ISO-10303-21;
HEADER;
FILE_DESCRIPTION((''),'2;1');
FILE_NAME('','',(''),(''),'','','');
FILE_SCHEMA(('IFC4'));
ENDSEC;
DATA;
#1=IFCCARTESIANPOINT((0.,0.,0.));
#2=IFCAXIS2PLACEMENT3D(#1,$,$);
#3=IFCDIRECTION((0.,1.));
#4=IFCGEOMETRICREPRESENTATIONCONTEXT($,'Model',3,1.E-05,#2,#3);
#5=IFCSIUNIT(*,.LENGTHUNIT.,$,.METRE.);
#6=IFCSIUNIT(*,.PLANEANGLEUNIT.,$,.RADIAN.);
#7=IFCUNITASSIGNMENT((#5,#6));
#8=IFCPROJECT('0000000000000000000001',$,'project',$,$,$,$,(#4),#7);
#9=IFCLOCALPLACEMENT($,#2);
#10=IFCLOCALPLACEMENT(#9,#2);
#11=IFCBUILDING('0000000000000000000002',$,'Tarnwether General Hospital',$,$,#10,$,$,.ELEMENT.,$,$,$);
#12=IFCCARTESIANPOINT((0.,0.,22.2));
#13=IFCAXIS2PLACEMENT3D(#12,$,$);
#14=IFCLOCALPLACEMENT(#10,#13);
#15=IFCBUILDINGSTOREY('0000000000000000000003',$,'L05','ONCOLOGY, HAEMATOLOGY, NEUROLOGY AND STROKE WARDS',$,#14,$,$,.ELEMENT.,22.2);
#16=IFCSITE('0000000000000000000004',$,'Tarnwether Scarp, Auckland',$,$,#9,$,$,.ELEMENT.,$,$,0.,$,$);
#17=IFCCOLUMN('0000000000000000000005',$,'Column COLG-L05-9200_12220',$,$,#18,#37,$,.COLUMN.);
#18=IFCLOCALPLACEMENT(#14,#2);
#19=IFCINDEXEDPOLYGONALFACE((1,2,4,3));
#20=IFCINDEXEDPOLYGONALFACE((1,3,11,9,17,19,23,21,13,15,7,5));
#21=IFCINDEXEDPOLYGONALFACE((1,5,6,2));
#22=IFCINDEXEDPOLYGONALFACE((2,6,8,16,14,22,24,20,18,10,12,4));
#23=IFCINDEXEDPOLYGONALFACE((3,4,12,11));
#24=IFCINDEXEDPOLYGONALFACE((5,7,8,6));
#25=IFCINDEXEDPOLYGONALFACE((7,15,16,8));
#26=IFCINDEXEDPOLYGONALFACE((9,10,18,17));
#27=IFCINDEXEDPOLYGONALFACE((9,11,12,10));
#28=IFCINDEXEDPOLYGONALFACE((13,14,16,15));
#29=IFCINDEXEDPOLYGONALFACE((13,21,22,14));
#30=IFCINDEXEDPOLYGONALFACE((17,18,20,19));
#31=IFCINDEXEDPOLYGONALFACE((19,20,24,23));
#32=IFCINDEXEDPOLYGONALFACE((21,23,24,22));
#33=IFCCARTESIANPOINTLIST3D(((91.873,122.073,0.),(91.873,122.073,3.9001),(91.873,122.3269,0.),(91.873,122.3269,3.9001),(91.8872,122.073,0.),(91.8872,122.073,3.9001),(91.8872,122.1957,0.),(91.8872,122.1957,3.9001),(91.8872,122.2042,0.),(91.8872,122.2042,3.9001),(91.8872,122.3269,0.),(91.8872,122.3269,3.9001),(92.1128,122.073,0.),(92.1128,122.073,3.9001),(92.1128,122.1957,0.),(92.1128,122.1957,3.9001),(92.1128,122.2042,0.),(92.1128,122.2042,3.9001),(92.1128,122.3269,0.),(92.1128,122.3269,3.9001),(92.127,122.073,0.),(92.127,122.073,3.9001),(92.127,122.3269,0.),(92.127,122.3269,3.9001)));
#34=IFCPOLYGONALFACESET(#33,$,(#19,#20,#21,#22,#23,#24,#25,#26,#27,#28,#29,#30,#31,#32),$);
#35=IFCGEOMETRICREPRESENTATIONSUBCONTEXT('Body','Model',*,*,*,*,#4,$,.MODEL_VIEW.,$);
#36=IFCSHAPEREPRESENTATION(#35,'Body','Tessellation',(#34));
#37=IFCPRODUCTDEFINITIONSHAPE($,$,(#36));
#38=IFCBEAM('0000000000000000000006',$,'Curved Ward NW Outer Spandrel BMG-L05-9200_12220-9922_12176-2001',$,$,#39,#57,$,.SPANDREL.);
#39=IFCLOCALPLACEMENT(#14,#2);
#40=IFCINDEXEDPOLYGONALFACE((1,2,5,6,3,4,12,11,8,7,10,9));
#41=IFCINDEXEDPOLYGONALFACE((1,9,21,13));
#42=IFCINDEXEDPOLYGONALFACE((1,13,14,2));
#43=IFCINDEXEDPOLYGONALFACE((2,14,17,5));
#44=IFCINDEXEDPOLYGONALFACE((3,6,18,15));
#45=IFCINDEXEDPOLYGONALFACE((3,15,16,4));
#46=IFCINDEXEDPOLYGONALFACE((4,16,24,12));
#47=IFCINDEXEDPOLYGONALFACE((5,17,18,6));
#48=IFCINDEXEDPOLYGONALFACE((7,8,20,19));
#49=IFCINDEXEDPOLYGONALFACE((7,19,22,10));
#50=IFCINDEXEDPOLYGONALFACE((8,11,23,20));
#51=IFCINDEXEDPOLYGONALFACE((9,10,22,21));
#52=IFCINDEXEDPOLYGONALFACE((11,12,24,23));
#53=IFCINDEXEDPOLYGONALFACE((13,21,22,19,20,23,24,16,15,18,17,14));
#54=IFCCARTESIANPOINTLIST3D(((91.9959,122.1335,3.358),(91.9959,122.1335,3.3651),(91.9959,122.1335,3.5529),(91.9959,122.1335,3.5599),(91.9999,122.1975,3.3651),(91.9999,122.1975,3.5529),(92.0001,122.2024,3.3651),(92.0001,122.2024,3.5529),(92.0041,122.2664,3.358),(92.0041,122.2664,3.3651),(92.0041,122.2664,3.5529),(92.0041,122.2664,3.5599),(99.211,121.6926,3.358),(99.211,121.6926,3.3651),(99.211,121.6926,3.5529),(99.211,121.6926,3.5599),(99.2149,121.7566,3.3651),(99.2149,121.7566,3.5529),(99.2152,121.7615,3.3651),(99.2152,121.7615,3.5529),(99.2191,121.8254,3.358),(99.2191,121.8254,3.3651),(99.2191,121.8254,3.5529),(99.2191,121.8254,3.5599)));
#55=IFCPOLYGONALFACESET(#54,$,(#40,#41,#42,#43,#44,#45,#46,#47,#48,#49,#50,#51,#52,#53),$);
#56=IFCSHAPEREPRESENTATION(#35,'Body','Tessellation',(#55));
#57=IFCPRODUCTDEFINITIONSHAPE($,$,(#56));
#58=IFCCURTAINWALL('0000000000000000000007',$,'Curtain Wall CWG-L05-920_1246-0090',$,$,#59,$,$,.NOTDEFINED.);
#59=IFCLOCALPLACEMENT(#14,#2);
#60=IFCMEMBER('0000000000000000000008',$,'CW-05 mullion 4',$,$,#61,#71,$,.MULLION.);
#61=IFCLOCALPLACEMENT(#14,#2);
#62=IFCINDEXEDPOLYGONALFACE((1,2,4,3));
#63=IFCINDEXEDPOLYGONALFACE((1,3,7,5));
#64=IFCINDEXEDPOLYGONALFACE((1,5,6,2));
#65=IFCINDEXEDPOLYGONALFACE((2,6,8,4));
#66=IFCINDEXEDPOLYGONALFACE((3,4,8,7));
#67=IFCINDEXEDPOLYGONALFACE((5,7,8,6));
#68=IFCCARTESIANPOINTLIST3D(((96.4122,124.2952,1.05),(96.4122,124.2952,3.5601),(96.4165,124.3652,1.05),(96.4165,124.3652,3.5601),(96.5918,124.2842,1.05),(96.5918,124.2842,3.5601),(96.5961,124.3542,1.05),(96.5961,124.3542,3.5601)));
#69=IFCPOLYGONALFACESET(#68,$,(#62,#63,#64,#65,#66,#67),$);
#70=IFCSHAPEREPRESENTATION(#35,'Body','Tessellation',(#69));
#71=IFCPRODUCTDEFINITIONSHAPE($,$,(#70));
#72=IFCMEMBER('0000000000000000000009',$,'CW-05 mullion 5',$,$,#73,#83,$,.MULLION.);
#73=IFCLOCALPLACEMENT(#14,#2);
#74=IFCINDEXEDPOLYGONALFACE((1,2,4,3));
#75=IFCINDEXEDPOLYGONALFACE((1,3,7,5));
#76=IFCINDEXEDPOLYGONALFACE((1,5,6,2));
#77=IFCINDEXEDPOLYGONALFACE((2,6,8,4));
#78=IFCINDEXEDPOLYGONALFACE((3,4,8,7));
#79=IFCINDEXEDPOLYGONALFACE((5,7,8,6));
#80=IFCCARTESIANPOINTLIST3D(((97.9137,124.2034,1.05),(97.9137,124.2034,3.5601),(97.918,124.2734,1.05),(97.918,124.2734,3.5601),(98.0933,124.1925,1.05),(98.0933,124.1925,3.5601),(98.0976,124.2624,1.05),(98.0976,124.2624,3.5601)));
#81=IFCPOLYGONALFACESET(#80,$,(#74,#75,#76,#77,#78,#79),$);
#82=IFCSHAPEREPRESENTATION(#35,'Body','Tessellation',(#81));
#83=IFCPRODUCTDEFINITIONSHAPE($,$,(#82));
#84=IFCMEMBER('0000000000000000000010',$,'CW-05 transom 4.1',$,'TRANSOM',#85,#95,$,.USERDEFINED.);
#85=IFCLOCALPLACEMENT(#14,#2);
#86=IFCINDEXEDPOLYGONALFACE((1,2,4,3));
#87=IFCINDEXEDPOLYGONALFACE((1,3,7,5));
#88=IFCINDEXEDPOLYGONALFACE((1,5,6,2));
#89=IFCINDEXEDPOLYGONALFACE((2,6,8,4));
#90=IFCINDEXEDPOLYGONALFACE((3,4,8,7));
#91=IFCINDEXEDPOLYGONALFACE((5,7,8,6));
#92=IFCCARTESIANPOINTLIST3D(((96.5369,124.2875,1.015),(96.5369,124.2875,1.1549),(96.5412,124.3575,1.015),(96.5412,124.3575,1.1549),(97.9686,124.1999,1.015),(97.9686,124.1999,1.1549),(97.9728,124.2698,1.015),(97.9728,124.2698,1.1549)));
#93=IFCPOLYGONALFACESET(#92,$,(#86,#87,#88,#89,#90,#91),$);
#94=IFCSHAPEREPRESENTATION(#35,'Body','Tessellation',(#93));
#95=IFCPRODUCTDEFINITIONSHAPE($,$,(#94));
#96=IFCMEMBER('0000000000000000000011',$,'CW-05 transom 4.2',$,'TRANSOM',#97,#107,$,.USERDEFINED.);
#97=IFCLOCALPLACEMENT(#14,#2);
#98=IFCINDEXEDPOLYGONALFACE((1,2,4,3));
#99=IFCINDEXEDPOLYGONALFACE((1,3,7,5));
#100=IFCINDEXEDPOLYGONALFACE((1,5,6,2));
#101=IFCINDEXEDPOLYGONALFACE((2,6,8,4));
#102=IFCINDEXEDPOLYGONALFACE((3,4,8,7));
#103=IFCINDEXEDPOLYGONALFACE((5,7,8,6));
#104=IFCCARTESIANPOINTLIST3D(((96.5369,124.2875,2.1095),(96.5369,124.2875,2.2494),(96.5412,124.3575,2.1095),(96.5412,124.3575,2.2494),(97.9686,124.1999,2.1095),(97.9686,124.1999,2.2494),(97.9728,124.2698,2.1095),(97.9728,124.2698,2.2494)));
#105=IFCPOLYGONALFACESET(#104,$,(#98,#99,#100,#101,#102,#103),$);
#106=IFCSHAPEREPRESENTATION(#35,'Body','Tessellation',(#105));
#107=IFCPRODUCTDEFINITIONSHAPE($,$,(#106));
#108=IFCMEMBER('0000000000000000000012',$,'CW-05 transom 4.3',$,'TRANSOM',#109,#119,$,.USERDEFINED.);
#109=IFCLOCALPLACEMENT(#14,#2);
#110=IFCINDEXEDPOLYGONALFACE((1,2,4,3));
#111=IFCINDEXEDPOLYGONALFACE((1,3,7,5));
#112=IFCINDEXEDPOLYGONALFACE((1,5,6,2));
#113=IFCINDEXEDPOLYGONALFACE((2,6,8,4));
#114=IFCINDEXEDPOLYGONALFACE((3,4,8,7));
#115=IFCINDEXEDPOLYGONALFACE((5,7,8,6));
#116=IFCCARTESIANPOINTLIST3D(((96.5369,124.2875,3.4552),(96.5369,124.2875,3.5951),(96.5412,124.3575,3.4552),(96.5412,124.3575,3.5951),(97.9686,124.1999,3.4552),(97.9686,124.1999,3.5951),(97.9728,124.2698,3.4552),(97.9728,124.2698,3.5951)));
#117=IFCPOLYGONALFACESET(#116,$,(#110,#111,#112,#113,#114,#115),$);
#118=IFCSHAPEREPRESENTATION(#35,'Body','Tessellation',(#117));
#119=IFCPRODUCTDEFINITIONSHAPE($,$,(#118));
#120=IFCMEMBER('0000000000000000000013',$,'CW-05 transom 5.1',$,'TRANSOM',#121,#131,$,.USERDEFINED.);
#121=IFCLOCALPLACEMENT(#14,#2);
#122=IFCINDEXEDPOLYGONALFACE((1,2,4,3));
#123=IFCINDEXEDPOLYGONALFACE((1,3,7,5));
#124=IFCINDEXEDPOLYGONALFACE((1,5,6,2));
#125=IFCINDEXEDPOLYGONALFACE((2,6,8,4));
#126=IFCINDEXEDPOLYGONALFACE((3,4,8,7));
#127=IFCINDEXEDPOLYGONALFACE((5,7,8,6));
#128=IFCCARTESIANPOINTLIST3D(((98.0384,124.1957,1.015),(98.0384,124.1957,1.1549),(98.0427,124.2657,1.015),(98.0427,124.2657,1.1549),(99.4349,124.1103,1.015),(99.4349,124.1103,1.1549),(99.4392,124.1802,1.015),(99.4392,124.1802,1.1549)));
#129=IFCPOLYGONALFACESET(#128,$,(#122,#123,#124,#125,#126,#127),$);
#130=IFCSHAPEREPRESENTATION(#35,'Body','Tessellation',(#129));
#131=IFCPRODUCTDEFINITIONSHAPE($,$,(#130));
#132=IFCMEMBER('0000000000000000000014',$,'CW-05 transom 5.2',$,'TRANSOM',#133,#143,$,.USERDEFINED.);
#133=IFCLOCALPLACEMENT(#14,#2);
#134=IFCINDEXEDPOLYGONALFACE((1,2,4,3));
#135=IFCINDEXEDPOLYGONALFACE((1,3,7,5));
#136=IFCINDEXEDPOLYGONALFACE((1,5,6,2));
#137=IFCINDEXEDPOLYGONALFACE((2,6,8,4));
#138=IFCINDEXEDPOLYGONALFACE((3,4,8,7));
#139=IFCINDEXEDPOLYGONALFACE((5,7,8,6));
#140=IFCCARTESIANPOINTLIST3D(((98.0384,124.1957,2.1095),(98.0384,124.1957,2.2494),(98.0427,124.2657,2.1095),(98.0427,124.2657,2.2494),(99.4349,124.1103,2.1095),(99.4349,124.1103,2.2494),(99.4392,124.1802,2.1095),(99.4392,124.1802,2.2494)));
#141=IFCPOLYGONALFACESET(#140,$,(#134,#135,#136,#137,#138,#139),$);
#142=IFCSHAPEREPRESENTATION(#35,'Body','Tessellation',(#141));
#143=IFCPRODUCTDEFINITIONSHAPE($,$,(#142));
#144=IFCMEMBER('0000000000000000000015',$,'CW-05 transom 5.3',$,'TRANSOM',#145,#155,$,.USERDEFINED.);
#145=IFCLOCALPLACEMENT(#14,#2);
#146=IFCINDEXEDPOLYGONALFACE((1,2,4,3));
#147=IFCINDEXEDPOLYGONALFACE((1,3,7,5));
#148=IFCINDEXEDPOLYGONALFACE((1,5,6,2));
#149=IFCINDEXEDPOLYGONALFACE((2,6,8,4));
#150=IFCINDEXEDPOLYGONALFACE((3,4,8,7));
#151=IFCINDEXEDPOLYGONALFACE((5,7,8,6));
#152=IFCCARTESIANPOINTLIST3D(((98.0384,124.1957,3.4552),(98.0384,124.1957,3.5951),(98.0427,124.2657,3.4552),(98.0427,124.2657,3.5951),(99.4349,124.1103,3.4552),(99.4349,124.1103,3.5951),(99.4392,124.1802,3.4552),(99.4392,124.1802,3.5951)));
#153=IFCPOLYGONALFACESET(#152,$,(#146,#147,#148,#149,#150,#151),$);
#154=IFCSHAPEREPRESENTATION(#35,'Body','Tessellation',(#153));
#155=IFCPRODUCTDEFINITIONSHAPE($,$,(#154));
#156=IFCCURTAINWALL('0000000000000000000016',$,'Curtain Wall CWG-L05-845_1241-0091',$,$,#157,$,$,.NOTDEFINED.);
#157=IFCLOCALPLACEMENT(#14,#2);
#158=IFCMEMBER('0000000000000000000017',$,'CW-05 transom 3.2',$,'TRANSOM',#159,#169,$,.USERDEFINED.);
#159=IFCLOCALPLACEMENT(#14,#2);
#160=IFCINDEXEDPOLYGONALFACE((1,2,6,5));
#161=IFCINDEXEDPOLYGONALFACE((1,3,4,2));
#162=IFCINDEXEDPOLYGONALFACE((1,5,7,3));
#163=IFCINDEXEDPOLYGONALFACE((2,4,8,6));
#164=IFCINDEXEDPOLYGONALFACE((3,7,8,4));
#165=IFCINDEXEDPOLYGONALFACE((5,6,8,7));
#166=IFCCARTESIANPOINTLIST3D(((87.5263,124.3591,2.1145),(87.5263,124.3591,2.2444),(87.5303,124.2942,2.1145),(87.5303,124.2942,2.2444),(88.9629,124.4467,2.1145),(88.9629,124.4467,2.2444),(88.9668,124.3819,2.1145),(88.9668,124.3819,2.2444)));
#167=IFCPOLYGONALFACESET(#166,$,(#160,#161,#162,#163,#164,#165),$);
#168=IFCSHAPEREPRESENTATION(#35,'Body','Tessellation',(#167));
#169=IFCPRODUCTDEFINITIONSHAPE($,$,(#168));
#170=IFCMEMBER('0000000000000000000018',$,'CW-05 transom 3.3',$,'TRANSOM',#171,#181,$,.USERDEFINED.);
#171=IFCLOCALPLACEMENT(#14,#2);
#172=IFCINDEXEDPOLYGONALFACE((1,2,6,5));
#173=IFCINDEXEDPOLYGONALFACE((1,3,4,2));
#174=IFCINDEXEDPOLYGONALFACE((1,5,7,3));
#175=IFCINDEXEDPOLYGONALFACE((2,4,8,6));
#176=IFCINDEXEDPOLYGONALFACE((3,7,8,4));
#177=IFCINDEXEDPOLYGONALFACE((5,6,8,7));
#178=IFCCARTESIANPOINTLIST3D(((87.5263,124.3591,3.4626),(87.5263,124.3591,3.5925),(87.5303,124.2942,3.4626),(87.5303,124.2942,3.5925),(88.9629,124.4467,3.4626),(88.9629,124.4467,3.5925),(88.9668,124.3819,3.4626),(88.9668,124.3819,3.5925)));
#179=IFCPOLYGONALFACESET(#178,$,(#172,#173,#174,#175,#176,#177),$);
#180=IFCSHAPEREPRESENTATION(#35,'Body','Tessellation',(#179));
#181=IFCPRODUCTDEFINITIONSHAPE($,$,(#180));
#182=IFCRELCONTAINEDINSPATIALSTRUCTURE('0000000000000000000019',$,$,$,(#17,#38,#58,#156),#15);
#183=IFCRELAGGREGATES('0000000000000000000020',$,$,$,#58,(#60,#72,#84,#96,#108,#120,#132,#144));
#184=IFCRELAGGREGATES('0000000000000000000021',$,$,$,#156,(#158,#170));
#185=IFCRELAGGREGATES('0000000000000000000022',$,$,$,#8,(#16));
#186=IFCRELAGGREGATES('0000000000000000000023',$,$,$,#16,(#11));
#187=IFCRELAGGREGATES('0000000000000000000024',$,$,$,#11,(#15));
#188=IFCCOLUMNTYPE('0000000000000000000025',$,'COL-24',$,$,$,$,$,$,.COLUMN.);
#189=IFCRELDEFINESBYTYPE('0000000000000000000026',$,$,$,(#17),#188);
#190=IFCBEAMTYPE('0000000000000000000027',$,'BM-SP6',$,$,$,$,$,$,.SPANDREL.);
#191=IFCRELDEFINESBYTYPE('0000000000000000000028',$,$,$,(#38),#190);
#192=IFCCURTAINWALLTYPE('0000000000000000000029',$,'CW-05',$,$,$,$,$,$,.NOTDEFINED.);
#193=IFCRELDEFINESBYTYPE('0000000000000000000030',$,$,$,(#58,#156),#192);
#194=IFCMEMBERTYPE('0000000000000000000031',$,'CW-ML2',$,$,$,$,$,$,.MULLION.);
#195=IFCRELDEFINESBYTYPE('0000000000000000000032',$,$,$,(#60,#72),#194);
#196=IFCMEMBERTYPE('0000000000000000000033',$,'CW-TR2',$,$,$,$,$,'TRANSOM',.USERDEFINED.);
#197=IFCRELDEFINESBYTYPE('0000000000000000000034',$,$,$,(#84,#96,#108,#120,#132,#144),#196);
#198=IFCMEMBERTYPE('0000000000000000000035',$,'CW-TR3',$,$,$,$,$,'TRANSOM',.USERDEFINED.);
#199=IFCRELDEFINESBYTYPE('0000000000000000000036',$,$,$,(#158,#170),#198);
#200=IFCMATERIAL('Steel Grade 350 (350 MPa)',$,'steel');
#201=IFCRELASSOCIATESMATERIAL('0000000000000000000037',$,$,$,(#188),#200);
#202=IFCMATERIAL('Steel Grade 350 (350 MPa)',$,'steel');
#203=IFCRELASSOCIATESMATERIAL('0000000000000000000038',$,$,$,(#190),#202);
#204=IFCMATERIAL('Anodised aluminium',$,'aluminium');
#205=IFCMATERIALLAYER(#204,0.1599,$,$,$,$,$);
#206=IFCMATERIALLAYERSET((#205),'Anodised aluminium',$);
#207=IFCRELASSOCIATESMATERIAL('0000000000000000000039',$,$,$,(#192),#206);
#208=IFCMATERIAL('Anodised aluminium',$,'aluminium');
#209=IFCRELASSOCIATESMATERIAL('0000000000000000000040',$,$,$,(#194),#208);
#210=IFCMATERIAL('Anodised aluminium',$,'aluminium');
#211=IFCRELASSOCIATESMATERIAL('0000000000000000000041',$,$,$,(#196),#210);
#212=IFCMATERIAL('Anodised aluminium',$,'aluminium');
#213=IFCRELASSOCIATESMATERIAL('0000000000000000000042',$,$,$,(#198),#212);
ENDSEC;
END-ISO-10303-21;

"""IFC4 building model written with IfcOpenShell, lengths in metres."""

from ifc_helpers import new_model, si_unit, direction, frame, origin, origin_2d, place, context, subcontext, project, spatial, rectangle, i_section, extrude, material, layer, layer_set, material_profile, profile_set, type_object, element, aggregate, save


model = new_model("IFC4")

# Units and contexts
model_context = context("Model", 3, precision=1e-05, world=origin(), true_north=direction((0.0, 1.0)))
body_context = subcontext(model_context, "Body", "Model", "MODEL_VIEW")
ifc_project = project(units=[si_unit("LENGTHUNIT", "METRE"), si_unit("PLANEANGLEUNIT", "RADIAN")], contexts=[model_context])

# Site, building, storey
site_placement = place(None, origin())
site = spatial("IfcSite", under=ifc_project, at=site_placement, Name="Tarnwether Scarp, Auckland", CompositionType="ELEMENT", RefElevation=0.0)
building_placement = place(site_placement, origin())
building = spatial("IfcBuilding", under=site, at=building_placement, Name="Tarnwether General Hospital", CompositionType="ELEMENT")
storey_placement = place(building_placement, frame((0.0, 0.0, 22.2)))
storey = spatial("IfcBuildingStorey", under=building, at=storey_placement, Name="L05", Description="ONCOLOGY, HAEMATOLOGY, NEUROLOGY AND STROKE WARDS", CompositionType="ELEMENT", Elevation=22.2)

# Column
ifc_material_1 = material(Name="Steel Grade 350 (350 MPa)", Category="steel")
ifc_material_profile_1 = material_profile(ifc_material_1, i_section(OverallWidth=0.2539, OverallDepth=0.2539, WebThickness=0.0085, FlangeThickness=0.0142, at=origin_2d()), Name="250UC72.9")
ifc_profile_set_1 = profile_set([ifc_material_profile_1], Name="Steel Grade 350 (350 MPa)")
column_type = type_object("IfcColumnType", Name="COL-24", PredefinedType="COLUMN", material=ifc_profile_set_1)
column_placement = place(storey_placement, frame((92.0, 122.2, 0.0), z_axis=(0.0, 0.0, 1.0), x_axis=(0.0, 1.0, 0.0)))
element("IfcColumn", 1, at=column_placement, inside=storey, type_object=column_type, Name="Column COLG-L05-9200_12220", PredefinedType="COLUMN", context=body_context, shape_type="SweptSolid", body=[
    extrude(i_section(OverallWidth=0.2539, OverallDepth=0.2539, WebThickness=0.0085, FlangeThickness=0.0142, at=origin_2d()), origin(), (0.0, 0.0, 1.0), 3.9001),
])

# Beam
ifc_material_2 = material(Name="Steel Grade 350 (350 MPa)", Category="steel")
ifc_material_profile_2 = material_profile(ifc_material_2, i_section(OverallWidth=0.1331, OverallDepth=0.2019, WebThickness=0.0049, FlangeThickness=0.0071, at=origin_2d()), Name="200UB22.3")
ifc_profile_set_2 = profile_set([ifc_material_profile_2], Name="Steel Grade 350 (350 MPa)")
beam_type = type_object("IfcBeamType", Name="BM-SP6", PredefinedType="SPANDREL", material=ifc_profile_set_2)
beam_placement = place(storey_placement, frame((92.0, 122.2, 3.459), z_axis=(0.998138, -0.060997, 0.0), x_axis=(0.060997, 0.998138, 0.0)))
element("IfcBeam", 2, at=beam_placement, inside=storey, type_object=beam_type, Name="Curved Ward NW Outer Spandrel BMG-L05-9200_12220-9922_12176-2001", PredefinedType="SPANDREL", context=body_context, shape_type="SweptSolid", body=[
    extrude(i_section(OverallWidth=0.1331, OverallDepth=0.2019, WebThickness=0.0049, FlangeThickness=0.0071, at=origin_2d()), origin(), (0.0, 0.0, 1.0), 7.2285),
])

# Curtain walls, members
ifc_material_3 = material(Name="Anodised aluminium", Category="aluminium")
ifc_layer_1 = layer(ifc_material_3, 0.1599)
ifc_layer_set_1 = layer_set([ifc_layer_1], Name="Anodised aluminium")
curtain_wall_type = type_object("IfcCurtainWallType", Name="CW-05", PredefinedType="NOTDEFINED", material=ifc_layer_set_1)
curtain_wall_1_placement = place(storey_placement, origin())
curtain_wall_1 = element("IfcCurtainWall", 3, at=curtain_wall_1_placement, inside=storey, type_object=curtain_wall_type, Name="Curtain Wall CWG-L05-920_1246-0090", PredefinedType="NOTDEFINED")
ifc_material_4 = material(Name="Anodised aluminium", Category="aluminium")
ifc_material_profile_3 = material_profile(ifc_material_4, rectangle(XDim=0.0701, YDim=0.1799, at=origin_2d()), Name="ALU-MUL-70x180")
ifc_profile_set_3 = profile_set([ifc_material_profile_3], Name="Anodised aluminium")
member_type_1 = type_object("IfcMemberType", Name="CW-ML2", PredefinedType="MULLION", material=ifc_profile_set_3)
member_1_placement = place(storey_placement, frame((96.5042, 124.3247, 1.05), z_axis=(0.0, 0.0, 1.0), x_axis=(0.061029, 0.998136, 0.0)))
member_1 = element("IfcMember", 4, at=member_1_placement, type_object=member_type_1, Name="CW-05 mullion 4", PredefinedType="MULLION", context=body_context, shape_type="SweptSolid", body=[
    extrude(rectangle(XDim=0.0701, YDim=0.1799, at=origin_2d()), origin(), (0.0, 0.0, 1.0), 2.51),
])
member_2_placement = place(storey_placement, frame((98.0056, 124.2329, 1.05), z_axis=(0.0, 0.0, 1.0), x_axis=(0.061029, 0.998136, 0.0)))
member_2 = element("IfcMember", 5, at=member_2_placement, type_object=member_type_1, Name="CW-05 mullion 5", PredefinedType="MULLION", context=body_context, shape_type="SweptSolid", body=[
    extrude(rectangle(XDim=0.0701, YDim=0.1799, at=origin_2d()), origin(), (0.0, 0.0, 1.0), 2.51),
])
ifc_material_5 = material(Name="Anodised aluminium", Category="aluminium")
ifc_material_profile_4 = material_profile(ifc_material_5, rectangle(XDim=0.0701, YDim=0.1399, at=origin_2d()), Name="ALU-TRN-70x140")
ifc_profile_set_4 = profile_set([ifc_material_profile_4], Name="Anodised aluminium")
member_type_2 = type_object("IfcMemberType", Name="CW-TR2", ElementType="TRANSOM", PredefinedType="USERDEFINED", material=ifc_profile_set_4)
member_3_placement = place(storey_placement, frame((96.5391, 124.3225, 1.085), z_axis=(0.998131, -0.061107, 0.0), x_axis=(0.061107, 0.998131, 0.0)))
member_3 = element("IfcMember", 6, at=member_3_placement, type_object=member_type_2, Name="CW-05 transom 4.1", ObjectType="TRANSOM", PredefinedType="USERDEFINED", context=body_context, shape_type="SweptSolid", body=[
    extrude(rectangle(XDim=0.0701, YDim=0.1399, at=origin_2d()), origin(), (0.0, 0.0, 1.0), 1.4343),
])
member_4_placement = place(storey_placement, frame((96.5391, 124.3225, 2.1794), z_axis=(0.998131, -0.061107, 0.0), x_axis=(0.061107, 0.998131, 0.0)))
member_4 = element("IfcMember", 7, at=member_4_placement, type_object=member_type_2, Name="CW-05 transom 4.2", ObjectType="TRANSOM", PredefinedType="USERDEFINED", context=body_context, shape_type="SweptSolid", body=[
    extrude(rectangle(XDim=0.0701, YDim=0.1399, at=origin_2d()), origin(), (0.0, 0.0, 1.0), 1.4343),
])
member_5_placement = place(storey_placement, frame((96.5391, 124.3225, 3.5251), z_axis=(0.998131, -0.061107, 0.0), x_axis=(0.061107, 0.998131, 0.0)))
member_5 = element("IfcMember", 8, at=member_5_placement, type_object=member_type_2, Name="CW-05 transom 4.3", ObjectType="TRANSOM", PredefinedType="USERDEFINED", context=body_context, shape_type="SweptSolid", body=[
    extrude(rectangle(XDim=0.0701, YDim=0.1399, at=origin_2d()), origin(), (0.0, 0.0, 1.0), 1.4343),
])
member_6_placement = place(storey_placement, frame((98.0405, 124.2307, 1.085), z_axis=(0.998133, -0.061075, 0.0), x_axis=(0.061075, 0.998133, 0.0)))
member_6 = element("IfcMember", 9, at=member_6_placement, type_object=member_type_2, Name="CW-05 transom 5.1", ObjectType="TRANSOM", PredefinedType="USERDEFINED", context=body_context, shape_type="SweptSolid", body=[
    extrude(rectangle(XDim=0.0701, YDim=0.1399, at=origin_2d()), origin(), (0.0, 0.0, 1.0), 1.3992),
])
member_7_placement = place(storey_placement, frame((98.0405, 124.2307, 2.1794), z_axis=(0.998133, -0.061075, 0.0), x_axis=(0.061075, 0.998133, 0.0)))
member_7 = element("IfcMember", 10, at=member_7_placement, type_object=member_type_2, Name="CW-05 transom 5.2", ObjectType="TRANSOM", PredefinedType="USERDEFINED", context=body_context, shape_type="SweptSolid", body=[
    extrude(rectangle(XDim=0.0701, YDim=0.1399, at=origin_2d()), origin(), (0.0, 0.0, 1.0), 1.3992),
])
member_8_placement = place(storey_placement, frame((98.0405, 124.2307, 3.5251), z_axis=(0.998133, -0.061075, 0.0), x_axis=(0.061075, 0.998133, 0.0)))
member_8 = element("IfcMember", 11, at=member_8_placement, type_object=member_type_2, Name="CW-05 transom 5.3", ObjectType="TRANSOM", PredefinedType="USERDEFINED", context=body_context, shape_type="SweptSolid", body=[
    extrude(rectangle(XDim=0.0701, YDim=0.1399, at=origin_2d()), origin(), (0.0, 0.0, 1.0), 1.3992),
])
curtain_wall_2_placement = place(storey_placement, origin())
curtain_wall_2 = element("IfcCurtainWall", 12, at=curtain_wall_2_placement, inside=storey, type_object=curtain_wall_type, Name="Curtain Wall CWG-L05-845_1241-0091", PredefinedType="NOTDEFINED")
ifc_material_6 = material(Name="Anodised aluminium", Category="aluminium")
ifc_material_profile_5 = material_profile(ifc_material_6, rectangle(XDim=0.0649, YDim=0.1299, at=origin_2d()), Name="ALU-TRN-65x130")
ifc_profile_set_5 = profile_set([ifc_material_profile_5], Name="Anodised aluminium")
member_type_3 = type_object("IfcMemberType", Name="CW-TR3", ElementType="TRANSOM", PredefinedType="USERDEFINED", material=ifc_profile_set_5)
member_9_placement = place(storey_placement, frame((87.5283, 124.3267, 2.1794), z_axis=(0.998144, 0.0609, 0.0), x_axis=(-0.0609, 0.998144, 0.0)))
member_9 = element("IfcMember", 13, at=member_9_placement, type_object=member_type_3, Name="CW-05 transom 3.2", ObjectType="TRANSOM", PredefinedType="USERDEFINED", context=body_context, shape_type="SweptSolid", body=[
    extrude(rectangle(XDim=0.0649, YDim=0.1299, at=origin_2d()), origin(), (0.0, 0.0, 1.0), 1.4392),
])
member_10_placement = place(storey_placement, frame((87.5283, 124.3267, 3.5276), z_axis=(0.998144, 0.0609, 0.0), x_axis=(-0.0609, 0.998144, 0.0)))
member_10 = element("IfcMember", 14, at=member_10_placement, type_object=member_type_3, Name="CW-05 transom 3.3", ObjectType="TRANSOM", PredefinedType="USERDEFINED", context=body_context, shape_type="SweptSolid", body=[
    extrude(rectangle(XDim=0.0649, YDim=0.1299, at=origin_2d()), origin(), (0.0, 0.0, 1.0), 1.4392),
])

aggregate(curtain_wall_1, [member_1, member_2, member_3, member_4, member_5, member_6, member_7, member_8])
aggregate(curtain_wall_2, [member_9, member_10])

save(model, "model.ifc")
